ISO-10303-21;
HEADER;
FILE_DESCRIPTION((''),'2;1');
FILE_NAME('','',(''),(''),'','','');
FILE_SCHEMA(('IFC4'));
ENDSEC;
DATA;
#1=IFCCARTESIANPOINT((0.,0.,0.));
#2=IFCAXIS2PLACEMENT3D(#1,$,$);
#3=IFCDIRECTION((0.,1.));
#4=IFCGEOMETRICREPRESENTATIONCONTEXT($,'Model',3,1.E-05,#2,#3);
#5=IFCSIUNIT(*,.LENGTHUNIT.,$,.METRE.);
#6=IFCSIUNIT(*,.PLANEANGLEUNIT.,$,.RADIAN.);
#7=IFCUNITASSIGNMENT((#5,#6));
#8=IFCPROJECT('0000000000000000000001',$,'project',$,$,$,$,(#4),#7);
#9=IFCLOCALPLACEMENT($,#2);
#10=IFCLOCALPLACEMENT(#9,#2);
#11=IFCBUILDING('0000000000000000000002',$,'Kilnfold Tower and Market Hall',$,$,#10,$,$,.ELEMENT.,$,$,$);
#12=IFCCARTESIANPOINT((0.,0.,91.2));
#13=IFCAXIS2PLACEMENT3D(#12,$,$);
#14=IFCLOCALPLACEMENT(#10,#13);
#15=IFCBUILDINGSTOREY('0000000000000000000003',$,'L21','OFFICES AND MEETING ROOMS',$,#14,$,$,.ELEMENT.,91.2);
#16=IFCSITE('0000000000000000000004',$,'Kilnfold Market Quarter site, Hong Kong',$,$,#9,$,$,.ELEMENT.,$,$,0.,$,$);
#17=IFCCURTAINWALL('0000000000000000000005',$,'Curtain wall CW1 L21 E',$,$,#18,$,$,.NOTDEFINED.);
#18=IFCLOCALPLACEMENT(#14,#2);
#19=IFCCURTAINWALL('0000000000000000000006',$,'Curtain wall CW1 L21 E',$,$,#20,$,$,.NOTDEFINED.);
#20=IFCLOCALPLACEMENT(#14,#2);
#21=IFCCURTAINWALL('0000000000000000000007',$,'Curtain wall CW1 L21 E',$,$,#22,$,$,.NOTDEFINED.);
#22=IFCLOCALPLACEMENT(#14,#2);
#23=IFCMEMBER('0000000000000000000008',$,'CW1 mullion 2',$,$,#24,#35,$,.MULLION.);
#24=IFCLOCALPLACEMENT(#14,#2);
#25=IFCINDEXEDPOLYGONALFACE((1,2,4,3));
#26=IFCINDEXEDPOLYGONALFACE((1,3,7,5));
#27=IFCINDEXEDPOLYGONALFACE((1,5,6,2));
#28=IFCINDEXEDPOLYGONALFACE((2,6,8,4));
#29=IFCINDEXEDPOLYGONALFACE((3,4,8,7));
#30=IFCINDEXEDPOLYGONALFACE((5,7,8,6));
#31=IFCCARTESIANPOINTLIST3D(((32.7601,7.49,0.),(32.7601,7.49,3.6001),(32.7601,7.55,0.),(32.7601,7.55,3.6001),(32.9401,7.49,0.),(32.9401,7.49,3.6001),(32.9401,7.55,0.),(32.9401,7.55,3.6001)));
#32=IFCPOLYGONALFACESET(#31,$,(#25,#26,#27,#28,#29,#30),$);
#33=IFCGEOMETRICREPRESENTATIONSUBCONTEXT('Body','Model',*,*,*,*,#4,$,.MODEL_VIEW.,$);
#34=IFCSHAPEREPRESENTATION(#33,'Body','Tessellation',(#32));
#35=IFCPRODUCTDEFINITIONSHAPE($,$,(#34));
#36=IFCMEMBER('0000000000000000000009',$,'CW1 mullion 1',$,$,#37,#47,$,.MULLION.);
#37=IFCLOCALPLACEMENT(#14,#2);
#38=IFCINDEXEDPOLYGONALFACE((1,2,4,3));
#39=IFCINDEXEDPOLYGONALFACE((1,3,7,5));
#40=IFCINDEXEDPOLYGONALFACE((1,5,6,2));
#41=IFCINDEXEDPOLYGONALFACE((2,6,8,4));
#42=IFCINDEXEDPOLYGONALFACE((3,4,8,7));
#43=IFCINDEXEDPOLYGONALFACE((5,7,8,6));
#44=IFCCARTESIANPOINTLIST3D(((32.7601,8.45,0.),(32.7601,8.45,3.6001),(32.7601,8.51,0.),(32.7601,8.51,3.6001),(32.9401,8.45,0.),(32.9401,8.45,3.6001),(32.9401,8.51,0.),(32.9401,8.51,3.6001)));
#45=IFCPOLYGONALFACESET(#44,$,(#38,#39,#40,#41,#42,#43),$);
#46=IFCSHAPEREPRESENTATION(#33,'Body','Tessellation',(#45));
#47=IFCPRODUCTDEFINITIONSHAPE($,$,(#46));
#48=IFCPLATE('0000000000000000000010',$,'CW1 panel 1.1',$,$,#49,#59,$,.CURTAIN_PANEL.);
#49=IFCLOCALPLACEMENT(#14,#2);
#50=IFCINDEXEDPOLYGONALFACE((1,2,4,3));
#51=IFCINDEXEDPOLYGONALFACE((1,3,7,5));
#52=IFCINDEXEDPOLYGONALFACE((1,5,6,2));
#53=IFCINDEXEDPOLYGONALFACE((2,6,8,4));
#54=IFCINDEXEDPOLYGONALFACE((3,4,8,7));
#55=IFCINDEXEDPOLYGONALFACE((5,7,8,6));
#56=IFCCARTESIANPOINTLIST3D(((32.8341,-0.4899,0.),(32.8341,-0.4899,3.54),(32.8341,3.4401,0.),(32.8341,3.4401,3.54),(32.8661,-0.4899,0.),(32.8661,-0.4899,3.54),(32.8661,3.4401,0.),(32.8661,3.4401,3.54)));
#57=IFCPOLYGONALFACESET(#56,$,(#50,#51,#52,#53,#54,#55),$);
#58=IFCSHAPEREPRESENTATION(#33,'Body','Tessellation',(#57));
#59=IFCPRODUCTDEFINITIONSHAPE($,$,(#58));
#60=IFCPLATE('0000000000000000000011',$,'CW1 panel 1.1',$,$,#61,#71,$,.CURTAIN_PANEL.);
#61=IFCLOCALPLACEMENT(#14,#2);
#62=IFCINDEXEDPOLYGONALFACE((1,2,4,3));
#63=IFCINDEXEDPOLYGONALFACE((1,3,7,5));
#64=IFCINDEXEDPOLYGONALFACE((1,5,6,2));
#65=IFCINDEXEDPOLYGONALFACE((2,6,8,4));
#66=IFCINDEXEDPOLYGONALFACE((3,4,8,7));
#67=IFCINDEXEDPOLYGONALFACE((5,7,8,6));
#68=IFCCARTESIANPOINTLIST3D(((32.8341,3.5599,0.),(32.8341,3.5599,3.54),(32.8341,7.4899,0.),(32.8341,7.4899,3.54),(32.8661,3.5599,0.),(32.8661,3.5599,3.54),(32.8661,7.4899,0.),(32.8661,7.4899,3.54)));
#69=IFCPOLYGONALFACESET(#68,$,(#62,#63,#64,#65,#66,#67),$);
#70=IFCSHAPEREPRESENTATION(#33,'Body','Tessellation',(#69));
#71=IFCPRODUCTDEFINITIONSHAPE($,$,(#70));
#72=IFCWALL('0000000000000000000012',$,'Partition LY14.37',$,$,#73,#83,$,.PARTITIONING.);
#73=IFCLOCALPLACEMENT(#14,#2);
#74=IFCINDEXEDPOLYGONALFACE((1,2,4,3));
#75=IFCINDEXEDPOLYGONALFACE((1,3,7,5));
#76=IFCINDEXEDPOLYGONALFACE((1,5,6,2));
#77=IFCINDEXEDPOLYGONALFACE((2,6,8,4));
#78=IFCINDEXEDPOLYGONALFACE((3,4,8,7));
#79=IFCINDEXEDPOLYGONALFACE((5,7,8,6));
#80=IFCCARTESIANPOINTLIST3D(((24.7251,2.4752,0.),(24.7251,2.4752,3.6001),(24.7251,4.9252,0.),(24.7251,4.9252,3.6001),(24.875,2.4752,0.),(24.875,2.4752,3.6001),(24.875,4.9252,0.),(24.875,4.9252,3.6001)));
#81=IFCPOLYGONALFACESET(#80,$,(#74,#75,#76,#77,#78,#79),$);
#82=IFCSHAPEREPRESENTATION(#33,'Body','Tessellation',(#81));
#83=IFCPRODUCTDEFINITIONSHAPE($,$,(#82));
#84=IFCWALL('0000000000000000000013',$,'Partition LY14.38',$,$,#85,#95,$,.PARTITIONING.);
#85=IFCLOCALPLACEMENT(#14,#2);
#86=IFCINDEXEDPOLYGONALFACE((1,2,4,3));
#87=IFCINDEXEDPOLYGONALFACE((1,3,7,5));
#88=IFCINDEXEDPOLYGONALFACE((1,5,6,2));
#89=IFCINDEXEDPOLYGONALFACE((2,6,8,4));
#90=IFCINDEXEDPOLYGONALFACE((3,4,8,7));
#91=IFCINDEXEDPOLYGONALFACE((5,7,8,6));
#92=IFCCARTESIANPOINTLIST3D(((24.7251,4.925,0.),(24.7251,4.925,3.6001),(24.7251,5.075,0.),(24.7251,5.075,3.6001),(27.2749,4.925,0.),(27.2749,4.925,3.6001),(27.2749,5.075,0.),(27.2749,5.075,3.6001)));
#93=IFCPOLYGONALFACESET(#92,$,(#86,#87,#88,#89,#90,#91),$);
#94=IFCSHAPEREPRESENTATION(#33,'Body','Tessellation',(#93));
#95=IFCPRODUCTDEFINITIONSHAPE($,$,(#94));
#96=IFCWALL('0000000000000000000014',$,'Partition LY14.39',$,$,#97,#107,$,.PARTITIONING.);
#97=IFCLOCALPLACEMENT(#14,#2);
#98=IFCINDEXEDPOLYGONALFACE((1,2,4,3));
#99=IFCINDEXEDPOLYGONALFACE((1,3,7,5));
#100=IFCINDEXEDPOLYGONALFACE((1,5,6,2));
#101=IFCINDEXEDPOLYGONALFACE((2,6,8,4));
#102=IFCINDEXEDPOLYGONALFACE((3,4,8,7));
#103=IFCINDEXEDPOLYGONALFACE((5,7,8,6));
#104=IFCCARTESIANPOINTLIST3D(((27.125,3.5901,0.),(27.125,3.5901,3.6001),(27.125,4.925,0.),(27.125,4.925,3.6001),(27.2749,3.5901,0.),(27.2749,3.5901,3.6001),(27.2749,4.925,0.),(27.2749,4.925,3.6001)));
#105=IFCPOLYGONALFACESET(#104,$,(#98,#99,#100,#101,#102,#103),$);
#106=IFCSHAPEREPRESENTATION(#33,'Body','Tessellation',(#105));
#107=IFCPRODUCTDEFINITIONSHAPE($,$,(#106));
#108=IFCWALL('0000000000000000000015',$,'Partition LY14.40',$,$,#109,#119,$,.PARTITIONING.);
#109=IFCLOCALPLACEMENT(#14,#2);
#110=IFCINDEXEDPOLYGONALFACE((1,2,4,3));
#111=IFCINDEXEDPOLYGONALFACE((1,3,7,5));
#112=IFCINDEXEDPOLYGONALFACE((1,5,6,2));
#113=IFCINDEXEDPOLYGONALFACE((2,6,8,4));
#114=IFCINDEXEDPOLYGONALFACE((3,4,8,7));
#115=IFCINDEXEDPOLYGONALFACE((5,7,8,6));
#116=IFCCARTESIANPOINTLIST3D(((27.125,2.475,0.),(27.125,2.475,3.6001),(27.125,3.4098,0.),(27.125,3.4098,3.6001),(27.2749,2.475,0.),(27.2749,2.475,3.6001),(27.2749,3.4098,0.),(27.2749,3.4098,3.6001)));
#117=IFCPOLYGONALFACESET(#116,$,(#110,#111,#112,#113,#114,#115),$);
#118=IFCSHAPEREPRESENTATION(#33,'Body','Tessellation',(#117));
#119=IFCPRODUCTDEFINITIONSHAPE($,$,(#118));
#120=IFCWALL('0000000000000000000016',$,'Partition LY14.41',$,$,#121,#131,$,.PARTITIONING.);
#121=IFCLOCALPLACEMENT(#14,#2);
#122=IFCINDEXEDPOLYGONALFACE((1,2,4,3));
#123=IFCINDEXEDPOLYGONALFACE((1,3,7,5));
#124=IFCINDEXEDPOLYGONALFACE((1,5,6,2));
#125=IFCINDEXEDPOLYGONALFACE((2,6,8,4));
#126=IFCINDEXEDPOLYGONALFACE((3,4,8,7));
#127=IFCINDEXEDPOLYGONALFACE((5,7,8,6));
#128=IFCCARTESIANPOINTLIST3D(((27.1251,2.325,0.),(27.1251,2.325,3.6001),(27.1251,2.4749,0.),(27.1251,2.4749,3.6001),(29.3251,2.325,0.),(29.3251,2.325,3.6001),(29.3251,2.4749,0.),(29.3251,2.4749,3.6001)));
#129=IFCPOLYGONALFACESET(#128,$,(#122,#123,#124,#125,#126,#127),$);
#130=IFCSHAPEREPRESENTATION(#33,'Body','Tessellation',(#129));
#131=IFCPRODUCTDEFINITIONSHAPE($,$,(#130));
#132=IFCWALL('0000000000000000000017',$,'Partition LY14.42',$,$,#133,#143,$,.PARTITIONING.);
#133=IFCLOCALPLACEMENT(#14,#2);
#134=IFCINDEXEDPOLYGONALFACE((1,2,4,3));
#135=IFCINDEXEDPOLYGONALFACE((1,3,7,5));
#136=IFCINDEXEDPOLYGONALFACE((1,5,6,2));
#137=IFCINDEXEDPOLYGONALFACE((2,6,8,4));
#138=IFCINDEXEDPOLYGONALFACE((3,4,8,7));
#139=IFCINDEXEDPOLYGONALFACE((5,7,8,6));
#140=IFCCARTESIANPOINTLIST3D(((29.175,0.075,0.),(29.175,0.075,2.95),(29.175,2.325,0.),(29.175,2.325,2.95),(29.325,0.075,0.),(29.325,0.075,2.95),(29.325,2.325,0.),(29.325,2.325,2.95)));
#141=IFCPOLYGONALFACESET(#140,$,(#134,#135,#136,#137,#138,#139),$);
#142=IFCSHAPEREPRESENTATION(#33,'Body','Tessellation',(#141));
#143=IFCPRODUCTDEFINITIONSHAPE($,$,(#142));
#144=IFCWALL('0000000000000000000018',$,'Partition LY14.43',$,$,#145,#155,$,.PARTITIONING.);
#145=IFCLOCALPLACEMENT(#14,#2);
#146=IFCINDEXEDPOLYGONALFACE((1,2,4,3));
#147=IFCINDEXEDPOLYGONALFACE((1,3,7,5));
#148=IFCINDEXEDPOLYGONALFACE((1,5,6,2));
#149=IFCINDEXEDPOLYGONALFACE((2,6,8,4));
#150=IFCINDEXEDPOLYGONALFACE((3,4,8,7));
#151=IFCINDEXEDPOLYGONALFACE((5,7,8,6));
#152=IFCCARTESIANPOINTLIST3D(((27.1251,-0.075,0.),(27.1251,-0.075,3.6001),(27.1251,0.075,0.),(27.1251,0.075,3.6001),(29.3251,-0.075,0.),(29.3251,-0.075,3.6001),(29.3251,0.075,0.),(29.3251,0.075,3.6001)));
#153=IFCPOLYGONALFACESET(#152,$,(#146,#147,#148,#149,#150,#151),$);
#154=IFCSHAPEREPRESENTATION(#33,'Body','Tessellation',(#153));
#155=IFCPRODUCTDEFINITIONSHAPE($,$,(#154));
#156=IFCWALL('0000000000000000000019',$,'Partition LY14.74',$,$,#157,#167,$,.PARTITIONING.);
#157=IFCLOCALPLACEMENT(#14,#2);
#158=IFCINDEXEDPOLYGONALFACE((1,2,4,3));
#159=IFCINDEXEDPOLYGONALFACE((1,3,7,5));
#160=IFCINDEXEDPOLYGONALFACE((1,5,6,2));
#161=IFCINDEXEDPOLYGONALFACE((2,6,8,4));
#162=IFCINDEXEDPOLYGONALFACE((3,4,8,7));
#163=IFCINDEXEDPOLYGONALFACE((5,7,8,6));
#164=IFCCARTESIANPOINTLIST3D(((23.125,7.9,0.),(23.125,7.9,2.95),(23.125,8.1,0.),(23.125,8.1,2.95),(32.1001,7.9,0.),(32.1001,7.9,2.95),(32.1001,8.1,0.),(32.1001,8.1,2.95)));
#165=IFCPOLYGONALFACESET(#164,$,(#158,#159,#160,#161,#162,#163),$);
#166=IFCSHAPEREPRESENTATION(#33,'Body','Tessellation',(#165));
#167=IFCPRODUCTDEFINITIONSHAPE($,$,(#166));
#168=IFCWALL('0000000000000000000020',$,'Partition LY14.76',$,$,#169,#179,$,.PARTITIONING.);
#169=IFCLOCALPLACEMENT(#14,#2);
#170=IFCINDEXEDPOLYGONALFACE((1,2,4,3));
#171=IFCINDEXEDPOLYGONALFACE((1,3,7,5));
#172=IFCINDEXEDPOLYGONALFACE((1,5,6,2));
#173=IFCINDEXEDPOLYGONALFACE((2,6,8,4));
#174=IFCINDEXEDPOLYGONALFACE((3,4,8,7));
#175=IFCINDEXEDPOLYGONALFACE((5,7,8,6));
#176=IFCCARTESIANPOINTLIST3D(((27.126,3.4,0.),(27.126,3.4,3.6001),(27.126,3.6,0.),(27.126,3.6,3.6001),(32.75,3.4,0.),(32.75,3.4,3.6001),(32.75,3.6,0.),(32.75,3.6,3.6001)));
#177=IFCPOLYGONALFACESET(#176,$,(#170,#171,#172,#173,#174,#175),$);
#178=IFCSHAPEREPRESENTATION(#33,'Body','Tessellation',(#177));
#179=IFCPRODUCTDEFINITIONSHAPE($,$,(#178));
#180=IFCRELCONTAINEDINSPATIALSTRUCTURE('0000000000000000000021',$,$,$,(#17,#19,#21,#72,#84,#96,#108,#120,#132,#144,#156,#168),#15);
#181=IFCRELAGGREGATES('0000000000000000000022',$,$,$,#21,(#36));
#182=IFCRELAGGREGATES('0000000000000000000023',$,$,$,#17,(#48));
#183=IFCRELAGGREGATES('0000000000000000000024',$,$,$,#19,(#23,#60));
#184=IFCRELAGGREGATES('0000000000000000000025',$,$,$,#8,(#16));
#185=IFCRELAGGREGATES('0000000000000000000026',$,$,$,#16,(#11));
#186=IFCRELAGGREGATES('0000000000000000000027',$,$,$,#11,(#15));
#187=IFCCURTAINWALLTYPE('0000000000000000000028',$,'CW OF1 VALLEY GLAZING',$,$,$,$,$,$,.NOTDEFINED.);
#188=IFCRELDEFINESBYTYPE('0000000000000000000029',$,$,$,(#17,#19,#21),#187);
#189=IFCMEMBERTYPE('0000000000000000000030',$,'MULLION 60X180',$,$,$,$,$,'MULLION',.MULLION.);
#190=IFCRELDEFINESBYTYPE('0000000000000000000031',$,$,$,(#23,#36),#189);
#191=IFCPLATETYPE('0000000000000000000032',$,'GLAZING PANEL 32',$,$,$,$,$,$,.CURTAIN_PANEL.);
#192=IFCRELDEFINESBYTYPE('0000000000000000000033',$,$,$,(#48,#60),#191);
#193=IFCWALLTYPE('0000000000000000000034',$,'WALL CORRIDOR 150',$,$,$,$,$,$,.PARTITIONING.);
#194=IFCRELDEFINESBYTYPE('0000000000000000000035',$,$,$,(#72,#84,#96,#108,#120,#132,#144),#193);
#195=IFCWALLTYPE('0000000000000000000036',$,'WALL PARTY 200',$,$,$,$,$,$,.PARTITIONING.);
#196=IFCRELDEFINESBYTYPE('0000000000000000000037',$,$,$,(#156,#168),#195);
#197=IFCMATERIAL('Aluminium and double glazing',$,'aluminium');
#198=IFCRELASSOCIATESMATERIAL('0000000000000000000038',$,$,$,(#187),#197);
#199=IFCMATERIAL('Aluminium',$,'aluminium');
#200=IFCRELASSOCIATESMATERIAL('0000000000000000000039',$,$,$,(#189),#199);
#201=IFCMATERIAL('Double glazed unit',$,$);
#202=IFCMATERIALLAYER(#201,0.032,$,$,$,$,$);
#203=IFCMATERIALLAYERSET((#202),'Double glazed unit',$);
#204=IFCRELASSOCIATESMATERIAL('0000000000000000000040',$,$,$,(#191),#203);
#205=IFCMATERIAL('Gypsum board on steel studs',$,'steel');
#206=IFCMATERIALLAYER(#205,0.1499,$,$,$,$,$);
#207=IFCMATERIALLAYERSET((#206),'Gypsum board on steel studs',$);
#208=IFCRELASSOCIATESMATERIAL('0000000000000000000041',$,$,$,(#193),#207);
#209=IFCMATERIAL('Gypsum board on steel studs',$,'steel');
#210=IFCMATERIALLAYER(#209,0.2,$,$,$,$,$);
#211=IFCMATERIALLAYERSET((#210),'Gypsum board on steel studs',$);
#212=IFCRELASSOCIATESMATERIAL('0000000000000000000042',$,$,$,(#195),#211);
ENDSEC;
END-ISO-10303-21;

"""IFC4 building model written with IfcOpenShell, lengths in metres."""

from ifc_helpers import new_model, si_unit, direction, frame, frame_2d, origin, origin_2d, place, context, subcontext, project, spatial, rectangle, extrude, source, transform, mapped, material, layer, layer_set, material_profile, profile_set, type_object, element, aggregate, save


model = new_model("IFC4")

# Units and contexts
model_context = context("Model", 3, precision=1e-05, world=origin(), true_north=direction((0.0, 1.0)))
body_context = subcontext(model_context, "Body", "Model", "MODEL_VIEW")
ifc_project = project(units=[si_unit("LENGTHUNIT", "METRE"), si_unit("PLANEANGLEUNIT", "RADIAN")], contexts=[model_context])

# Site, building, storey
site_placement = place(None, origin())
site = spatial("IfcSite", under=ifc_project, at=site_placement, Name="Kilnfold Market Quarter site, Hong Kong", CompositionType="ELEMENT", RefElevation=0.0)
building_placement = place(site_placement, origin())
building = spatial("IfcBuilding", under=site, at=building_placement, Name="Kilnfold Tower and Market Hall", CompositionType="ELEMENT")
storey_placement = place(building_placement, frame((0.0, 0.0, 91.2)))
storey = spatial("IfcBuildingStorey", under=building, at=storey_placement, Name="L21", Description="OFFICES AND MEETING ROOMS", CompositionType="ELEMENT", Elevation=91.2)

# Curtain walls
ifc_material_1 = material(Name="Aluminium and double glazing", Category="aluminium")
curtain_wall_type = type_object("IfcCurtainWallType", Name="CW OF1 VALLEY GLAZING", PredefinedType="NOTDEFINED", material=ifc_material_1)
curtain_wall_1_placement = place(storey_placement, origin())
curtain_wall_1 = element("IfcCurtainWall", 1, at=curtain_wall_1_placement, inside=storey, type_object=curtain_wall_type, Name="Curtain wall CW1 L21 E", PredefinedType="NOTDEFINED")
curtain_wall_2_placement = place(storey_placement, origin())
curtain_wall_2 = element("IfcCurtainWall", 2, at=curtain_wall_2_placement, inside=storey, type_object=curtain_wall_type, Name="Curtain wall CW1 L21 E", PredefinedType="NOTDEFINED")
curtain_wall_3_placement = place(storey_placement, origin())
curtain_wall_3 = element("IfcCurtainWall", 3, at=curtain_wall_3_placement, inside=storey, type_object=curtain_wall_type, Name="Curtain wall CW1 L21 E", PredefinedType="NOTDEFINED")

# Members
ifc_material_2 = material(Name="Aluminium", Category="aluminium")
ifc_material_profile_1 = material_profile(ifc_material_2, rectangle(XDim=0.0601, YDim=0.1799, at=origin_2d()), Name="MULLION 60x180")
ifc_profile_set_1 = profile_set([ifc_material_profile_1], Name="Aluminium")
member_type_1 = type_object("IfcMemberType", Name="MULLION 60X180", ElementType="MULLION", PredefinedType="MULLION", material=ifc_profile_set_1)
shared_shape_1 = source(origin(), body_context, "Body", "SweptSolid", [
    extrude(rectangle(XDim=0.0601, YDim=0.1799, at=origin_2d()), origin(), (0.0, 0.0, 1.0), 3.6001),
])
member_1_placement = place(storey_placement, frame((32.8501, 7.52, 0.0), z_axis=(0.0, 0.0, 1.0), x_axis=(0.0, 1.0, 0.0)))
member_1 = element("IfcMember", 4, at=member_1_placement, type_object=member_type_1, Name="CW1 mullion 2", PredefinedType="MULLION", context=body_context, shape_type="MappedRepresentation", body=[
    mapped(shared_shape_1, transform((0.0, 0.0, 0.0))),
])
member_2_placement = place(storey_placement, frame((32.8501, 8.48, 0.0), z_axis=(0.0, 0.0, 1.0), x_axis=(0.0, 1.0, 0.0)))
member_2 = element("IfcMember", 5, at=member_2_placement, type_object=member_type_1, Name="CW1 mullion 1", PredefinedType="MULLION", context=body_context, shape_type="MappedRepresentation", body=[
    mapped(shared_shape_1, transform((0.0, 0.0, 0.0))),
])
aggregate(curtain_wall_3, [member_2])

# Plates
ifc_material_3 = material(Name="Double glazed unit")
ifc_layer_1 = layer(ifc_material_3, 0.032)
ifc_layer_set_1 = layer_set([ifc_layer_1], Name="Double glazed unit")
plate_type = type_object("IfcPlateType", Name="GLAZING PANEL 32", PredefinedType="CURTAIN_PANEL", material=ifc_layer_set_1)
shared_shape_2 = source(origin(), body_context, "Body", "SweptSolid", [
    extrude(rectangle(XDim=3.9299, YDim=0.032, at=origin_2d()), origin(), (0.0, 0.0, 1.0), 3.54),
])
plate_1_placement = place(storey_placement, frame((32.8501, 1.4751, 0.0), z_axis=(0.0, 0.0, 1.0), x_axis=(0.0, 1.0, 0.0)))
plate_1 = element("IfcPlate", 6, at=plate_1_placement, type_object=plate_type, Name="CW1 panel 1.1", PredefinedType="CURTAIN_PANEL", context=body_context, shape_type="MappedRepresentation", body=[
    mapped(shared_shape_2, transform((0.0, 0.0, 0.0))),
])
aggregate(curtain_wall_1, [plate_1])
plate_2_placement = place(storey_placement, frame((32.8501, 5.5249, 0.0), z_axis=(0.0, 0.0, 1.0), x_axis=(0.0, 1.0, 0.0)))
plate_2 = element("IfcPlate", 7, at=plate_2_placement, type_object=plate_type, Name="CW1 panel 1.1", PredefinedType="CURTAIN_PANEL", context=body_context, shape_type="MappedRepresentation", body=[
    mapped(shared_shape_2, transform((0.0, 0.0, 0.0))),
])
aggregate(curtain_wall_2, [member_1, plate_2])

# Walls
ifc_material_4 = material(Name="Gypsum board on steel studs", Category="steel")
ifc_layer_2 = layer(ifc_material_4, 0.1499)
ifc_layer_set_2 = layer_set([ifc_layer_2], Name="Gypsum board on steel studs")
wall_type_1 = type_object("IfcWallType", Name="WALL CORRIDOR 150", PredefinedType="PARTITIONING", material=ifc_layer_set_2)
wall_1_placement = place(storey_placement, frame((24.8, 2.4751, 0.0), z_axis=(0.0, 0.0, 1.0), x_axis=(0.0, 1.0, 0.0)))
element("IfcWall", 8, at=wall_1_placement, inside=storey, type_object=wall_type_1, Name="Partition LY14.37", PredefinedType="PARTITIONING", context=body_context, shape_type="SweptSolid", body=[
    extrude(rectangle(XDim=2.45, YDim=0.1499, at=frame_2d((1.2251, 0.0))), origin(), (0.0, 0.0, 1.0), 3.6001),
])
wall_2_placement = place(storey_placement, frame((27.2749, 5.0, 0.0), z_axis=(0.0, 0.0, 1.0), x_axis=(-1.0, 0.0, 0.0)))
element("IfcWall", 9, at=wall_2_placement, inside=storey, type_object=wall_type_1, Name="Partition LY14.38", PredefinedType="PARTITIONING", context=body_context, shape_type="SweptSolid", body=[
    extrude(rectangle(XDim=2.5498, YDim=0.1499, at=frame_2d((1.2749, 0.0))), origin(), (0.0, 0.0, 1.0), 3.6001),
])
wall_3_placement = place(storey_placement, frame((27.2, 3.5901, 0.0), z_axis=(0.0, 0.0, 1.0), x_axis=(0.0, 1.0, 0.0)))
element("IfcWall", 10, at=wall_3_placement, inside=storey, type_object=wall_type_1, Name="Partition LY14.39", PredefinedType="PARTITIONING", context=body_context, shape_type="SweptSolid", body=[
    extrude(rectangle(XDim=1.335, YDim=0.1499, at=frame_2d((0.6675, 0.0))), origin(), (0.0, 0.0, 1.0), 3.6001),
])
wall_4_placement = place(storey_placement, frame((27.2, 2.4751, 0.0), z_axis=(0.0, 0.0, 1.0), x_axis=(0.0, 1.0, 0.0)))
element("IfcWall", 11, at=wall_4_placement, inside=storey, type_object=wall_type_1, Name="Partition LY14.40", PredefinedType="PARTITIONING", context=body_context, shape_type="SweptSolid", body=[
    extrude(rectangle(XDim=0.9348, YDim=0.1499, at=frame_2d((0.4673, 0.0))), origin(), (0.0, 0.0, 1.0), 3.6001),
])
wall_5_placement = place(storey_placement, frame((27.125, 2.3999, 0.0), z_axis=(0.0, 0.0, 1.0), x_axis=(1.0, 0.0, 0.0)))
element("IfcWall", 12, at=wall_5_placement, inside=storey, type_object=wall_type_1, Name="Partition LY14.41", PredefinedType="PARTITIONING", context=body_context, shape_type="SweptSolid", body=[
    extrude(rectangle(XDim=2.2, YDim=0.1499, at=frame_2d((1.1001, 0.0))), origin(), (0.0, 0.0, 1.0), 3.6001),
])
wall_6_placement = place(storey_placement, frame((29.25, 0.075, 0.0), z_axis=(0.0, 0.0, 1.0), x_axis=(0.0, 1.0, 0.0)))
element("IfcWall", 13, at=wall_6_placement, inside=storey, type_object=wall_type_1, Name="Partition LY14.42", PredefinedType="PARTITIONING", context=body_context, shape_type="SweptSolid", body=[
    extrude(rectangle(XDim=2.25, YDim=0.1499, at=frame_2d((1.125, 0.0))), origin(), (0.0, 0.0, 1.0), 2.95),
])
wall_7_placement = place(storey_placement, frame((27.125, 0.0, 0.0), z_axis=(0.0, 0.0, 1.0), x_axis=(1.0, 0.0, 0.0)))
element("IfcWall", 14, at=wall_7_placement, inside=storey, type_object=wall_type_1, Name="Partition LY14.43", PredefinedType="PARTITIONING", context=body_context, shape_type="SweptSolid", body=[
    extrude(rectangle(XDim=2.2, YDim=0.1499, at=frame_2d((1.1001, 0.0))), origin(), (0.0, 0.0, 1.0), 3.6001),
])
ifc_material_5 = material(Name="Gypsum board on steel studs", Category="steel")
ifc_layer_3 = layer(ifc_material_5, 0.2)
ifc_layer_set_3 = layer_set([ifc_layer_3], Name="Gypsum board on steel studs")
wall_type_2 = type_object("IfcWallType", Name="WALL PARTY 200", PredefinedType="PARTITIONING", material=ifc_layer_set_3)
wall_8_placement = place(storey_placement, frame((23.125, 8.0, 0.0), z_axis=(0.0, 0.0, 1.0), x_axis=(1.0, 0.0, 0.0)))
element("IfcWall", 15, at=wall_8_placement, inside=storey, type_object=wall_type_2, Name="Partition LY14.74", PredefinedType="PARTITIONING", context=body_context, shape_type="SweptSolid", body=[
    extrude(rectangle(XDim=8.9751, YDim=0.2, at=frame_2d((4.4875, 0.0))), origin(), (0.0, 0.0, 1.0), 2.95),
])
wall_9_placement = place(storey_placement, frame((27.126, 3.5, 0.0), z_axis=(0.0, 0.0, 1.0), x_axis=(1.0, 0.0, 0.0)))
element("IfcWall", 16, at=wall_9_placement, inside=storey, type_object=wall_type_2, Name="Partition LY14.76", PredefinedType="PARTITIONING", context=body_context, shape_type="SweptSolid", body=[
    extrude(rectangle(XDim=5.624, YDim=0.2, at=frame_2d((2.812, 0.0))), origin(), (0.0, 0.0, 1.0), 3.6001),
])

save(model, "model.ifc")
